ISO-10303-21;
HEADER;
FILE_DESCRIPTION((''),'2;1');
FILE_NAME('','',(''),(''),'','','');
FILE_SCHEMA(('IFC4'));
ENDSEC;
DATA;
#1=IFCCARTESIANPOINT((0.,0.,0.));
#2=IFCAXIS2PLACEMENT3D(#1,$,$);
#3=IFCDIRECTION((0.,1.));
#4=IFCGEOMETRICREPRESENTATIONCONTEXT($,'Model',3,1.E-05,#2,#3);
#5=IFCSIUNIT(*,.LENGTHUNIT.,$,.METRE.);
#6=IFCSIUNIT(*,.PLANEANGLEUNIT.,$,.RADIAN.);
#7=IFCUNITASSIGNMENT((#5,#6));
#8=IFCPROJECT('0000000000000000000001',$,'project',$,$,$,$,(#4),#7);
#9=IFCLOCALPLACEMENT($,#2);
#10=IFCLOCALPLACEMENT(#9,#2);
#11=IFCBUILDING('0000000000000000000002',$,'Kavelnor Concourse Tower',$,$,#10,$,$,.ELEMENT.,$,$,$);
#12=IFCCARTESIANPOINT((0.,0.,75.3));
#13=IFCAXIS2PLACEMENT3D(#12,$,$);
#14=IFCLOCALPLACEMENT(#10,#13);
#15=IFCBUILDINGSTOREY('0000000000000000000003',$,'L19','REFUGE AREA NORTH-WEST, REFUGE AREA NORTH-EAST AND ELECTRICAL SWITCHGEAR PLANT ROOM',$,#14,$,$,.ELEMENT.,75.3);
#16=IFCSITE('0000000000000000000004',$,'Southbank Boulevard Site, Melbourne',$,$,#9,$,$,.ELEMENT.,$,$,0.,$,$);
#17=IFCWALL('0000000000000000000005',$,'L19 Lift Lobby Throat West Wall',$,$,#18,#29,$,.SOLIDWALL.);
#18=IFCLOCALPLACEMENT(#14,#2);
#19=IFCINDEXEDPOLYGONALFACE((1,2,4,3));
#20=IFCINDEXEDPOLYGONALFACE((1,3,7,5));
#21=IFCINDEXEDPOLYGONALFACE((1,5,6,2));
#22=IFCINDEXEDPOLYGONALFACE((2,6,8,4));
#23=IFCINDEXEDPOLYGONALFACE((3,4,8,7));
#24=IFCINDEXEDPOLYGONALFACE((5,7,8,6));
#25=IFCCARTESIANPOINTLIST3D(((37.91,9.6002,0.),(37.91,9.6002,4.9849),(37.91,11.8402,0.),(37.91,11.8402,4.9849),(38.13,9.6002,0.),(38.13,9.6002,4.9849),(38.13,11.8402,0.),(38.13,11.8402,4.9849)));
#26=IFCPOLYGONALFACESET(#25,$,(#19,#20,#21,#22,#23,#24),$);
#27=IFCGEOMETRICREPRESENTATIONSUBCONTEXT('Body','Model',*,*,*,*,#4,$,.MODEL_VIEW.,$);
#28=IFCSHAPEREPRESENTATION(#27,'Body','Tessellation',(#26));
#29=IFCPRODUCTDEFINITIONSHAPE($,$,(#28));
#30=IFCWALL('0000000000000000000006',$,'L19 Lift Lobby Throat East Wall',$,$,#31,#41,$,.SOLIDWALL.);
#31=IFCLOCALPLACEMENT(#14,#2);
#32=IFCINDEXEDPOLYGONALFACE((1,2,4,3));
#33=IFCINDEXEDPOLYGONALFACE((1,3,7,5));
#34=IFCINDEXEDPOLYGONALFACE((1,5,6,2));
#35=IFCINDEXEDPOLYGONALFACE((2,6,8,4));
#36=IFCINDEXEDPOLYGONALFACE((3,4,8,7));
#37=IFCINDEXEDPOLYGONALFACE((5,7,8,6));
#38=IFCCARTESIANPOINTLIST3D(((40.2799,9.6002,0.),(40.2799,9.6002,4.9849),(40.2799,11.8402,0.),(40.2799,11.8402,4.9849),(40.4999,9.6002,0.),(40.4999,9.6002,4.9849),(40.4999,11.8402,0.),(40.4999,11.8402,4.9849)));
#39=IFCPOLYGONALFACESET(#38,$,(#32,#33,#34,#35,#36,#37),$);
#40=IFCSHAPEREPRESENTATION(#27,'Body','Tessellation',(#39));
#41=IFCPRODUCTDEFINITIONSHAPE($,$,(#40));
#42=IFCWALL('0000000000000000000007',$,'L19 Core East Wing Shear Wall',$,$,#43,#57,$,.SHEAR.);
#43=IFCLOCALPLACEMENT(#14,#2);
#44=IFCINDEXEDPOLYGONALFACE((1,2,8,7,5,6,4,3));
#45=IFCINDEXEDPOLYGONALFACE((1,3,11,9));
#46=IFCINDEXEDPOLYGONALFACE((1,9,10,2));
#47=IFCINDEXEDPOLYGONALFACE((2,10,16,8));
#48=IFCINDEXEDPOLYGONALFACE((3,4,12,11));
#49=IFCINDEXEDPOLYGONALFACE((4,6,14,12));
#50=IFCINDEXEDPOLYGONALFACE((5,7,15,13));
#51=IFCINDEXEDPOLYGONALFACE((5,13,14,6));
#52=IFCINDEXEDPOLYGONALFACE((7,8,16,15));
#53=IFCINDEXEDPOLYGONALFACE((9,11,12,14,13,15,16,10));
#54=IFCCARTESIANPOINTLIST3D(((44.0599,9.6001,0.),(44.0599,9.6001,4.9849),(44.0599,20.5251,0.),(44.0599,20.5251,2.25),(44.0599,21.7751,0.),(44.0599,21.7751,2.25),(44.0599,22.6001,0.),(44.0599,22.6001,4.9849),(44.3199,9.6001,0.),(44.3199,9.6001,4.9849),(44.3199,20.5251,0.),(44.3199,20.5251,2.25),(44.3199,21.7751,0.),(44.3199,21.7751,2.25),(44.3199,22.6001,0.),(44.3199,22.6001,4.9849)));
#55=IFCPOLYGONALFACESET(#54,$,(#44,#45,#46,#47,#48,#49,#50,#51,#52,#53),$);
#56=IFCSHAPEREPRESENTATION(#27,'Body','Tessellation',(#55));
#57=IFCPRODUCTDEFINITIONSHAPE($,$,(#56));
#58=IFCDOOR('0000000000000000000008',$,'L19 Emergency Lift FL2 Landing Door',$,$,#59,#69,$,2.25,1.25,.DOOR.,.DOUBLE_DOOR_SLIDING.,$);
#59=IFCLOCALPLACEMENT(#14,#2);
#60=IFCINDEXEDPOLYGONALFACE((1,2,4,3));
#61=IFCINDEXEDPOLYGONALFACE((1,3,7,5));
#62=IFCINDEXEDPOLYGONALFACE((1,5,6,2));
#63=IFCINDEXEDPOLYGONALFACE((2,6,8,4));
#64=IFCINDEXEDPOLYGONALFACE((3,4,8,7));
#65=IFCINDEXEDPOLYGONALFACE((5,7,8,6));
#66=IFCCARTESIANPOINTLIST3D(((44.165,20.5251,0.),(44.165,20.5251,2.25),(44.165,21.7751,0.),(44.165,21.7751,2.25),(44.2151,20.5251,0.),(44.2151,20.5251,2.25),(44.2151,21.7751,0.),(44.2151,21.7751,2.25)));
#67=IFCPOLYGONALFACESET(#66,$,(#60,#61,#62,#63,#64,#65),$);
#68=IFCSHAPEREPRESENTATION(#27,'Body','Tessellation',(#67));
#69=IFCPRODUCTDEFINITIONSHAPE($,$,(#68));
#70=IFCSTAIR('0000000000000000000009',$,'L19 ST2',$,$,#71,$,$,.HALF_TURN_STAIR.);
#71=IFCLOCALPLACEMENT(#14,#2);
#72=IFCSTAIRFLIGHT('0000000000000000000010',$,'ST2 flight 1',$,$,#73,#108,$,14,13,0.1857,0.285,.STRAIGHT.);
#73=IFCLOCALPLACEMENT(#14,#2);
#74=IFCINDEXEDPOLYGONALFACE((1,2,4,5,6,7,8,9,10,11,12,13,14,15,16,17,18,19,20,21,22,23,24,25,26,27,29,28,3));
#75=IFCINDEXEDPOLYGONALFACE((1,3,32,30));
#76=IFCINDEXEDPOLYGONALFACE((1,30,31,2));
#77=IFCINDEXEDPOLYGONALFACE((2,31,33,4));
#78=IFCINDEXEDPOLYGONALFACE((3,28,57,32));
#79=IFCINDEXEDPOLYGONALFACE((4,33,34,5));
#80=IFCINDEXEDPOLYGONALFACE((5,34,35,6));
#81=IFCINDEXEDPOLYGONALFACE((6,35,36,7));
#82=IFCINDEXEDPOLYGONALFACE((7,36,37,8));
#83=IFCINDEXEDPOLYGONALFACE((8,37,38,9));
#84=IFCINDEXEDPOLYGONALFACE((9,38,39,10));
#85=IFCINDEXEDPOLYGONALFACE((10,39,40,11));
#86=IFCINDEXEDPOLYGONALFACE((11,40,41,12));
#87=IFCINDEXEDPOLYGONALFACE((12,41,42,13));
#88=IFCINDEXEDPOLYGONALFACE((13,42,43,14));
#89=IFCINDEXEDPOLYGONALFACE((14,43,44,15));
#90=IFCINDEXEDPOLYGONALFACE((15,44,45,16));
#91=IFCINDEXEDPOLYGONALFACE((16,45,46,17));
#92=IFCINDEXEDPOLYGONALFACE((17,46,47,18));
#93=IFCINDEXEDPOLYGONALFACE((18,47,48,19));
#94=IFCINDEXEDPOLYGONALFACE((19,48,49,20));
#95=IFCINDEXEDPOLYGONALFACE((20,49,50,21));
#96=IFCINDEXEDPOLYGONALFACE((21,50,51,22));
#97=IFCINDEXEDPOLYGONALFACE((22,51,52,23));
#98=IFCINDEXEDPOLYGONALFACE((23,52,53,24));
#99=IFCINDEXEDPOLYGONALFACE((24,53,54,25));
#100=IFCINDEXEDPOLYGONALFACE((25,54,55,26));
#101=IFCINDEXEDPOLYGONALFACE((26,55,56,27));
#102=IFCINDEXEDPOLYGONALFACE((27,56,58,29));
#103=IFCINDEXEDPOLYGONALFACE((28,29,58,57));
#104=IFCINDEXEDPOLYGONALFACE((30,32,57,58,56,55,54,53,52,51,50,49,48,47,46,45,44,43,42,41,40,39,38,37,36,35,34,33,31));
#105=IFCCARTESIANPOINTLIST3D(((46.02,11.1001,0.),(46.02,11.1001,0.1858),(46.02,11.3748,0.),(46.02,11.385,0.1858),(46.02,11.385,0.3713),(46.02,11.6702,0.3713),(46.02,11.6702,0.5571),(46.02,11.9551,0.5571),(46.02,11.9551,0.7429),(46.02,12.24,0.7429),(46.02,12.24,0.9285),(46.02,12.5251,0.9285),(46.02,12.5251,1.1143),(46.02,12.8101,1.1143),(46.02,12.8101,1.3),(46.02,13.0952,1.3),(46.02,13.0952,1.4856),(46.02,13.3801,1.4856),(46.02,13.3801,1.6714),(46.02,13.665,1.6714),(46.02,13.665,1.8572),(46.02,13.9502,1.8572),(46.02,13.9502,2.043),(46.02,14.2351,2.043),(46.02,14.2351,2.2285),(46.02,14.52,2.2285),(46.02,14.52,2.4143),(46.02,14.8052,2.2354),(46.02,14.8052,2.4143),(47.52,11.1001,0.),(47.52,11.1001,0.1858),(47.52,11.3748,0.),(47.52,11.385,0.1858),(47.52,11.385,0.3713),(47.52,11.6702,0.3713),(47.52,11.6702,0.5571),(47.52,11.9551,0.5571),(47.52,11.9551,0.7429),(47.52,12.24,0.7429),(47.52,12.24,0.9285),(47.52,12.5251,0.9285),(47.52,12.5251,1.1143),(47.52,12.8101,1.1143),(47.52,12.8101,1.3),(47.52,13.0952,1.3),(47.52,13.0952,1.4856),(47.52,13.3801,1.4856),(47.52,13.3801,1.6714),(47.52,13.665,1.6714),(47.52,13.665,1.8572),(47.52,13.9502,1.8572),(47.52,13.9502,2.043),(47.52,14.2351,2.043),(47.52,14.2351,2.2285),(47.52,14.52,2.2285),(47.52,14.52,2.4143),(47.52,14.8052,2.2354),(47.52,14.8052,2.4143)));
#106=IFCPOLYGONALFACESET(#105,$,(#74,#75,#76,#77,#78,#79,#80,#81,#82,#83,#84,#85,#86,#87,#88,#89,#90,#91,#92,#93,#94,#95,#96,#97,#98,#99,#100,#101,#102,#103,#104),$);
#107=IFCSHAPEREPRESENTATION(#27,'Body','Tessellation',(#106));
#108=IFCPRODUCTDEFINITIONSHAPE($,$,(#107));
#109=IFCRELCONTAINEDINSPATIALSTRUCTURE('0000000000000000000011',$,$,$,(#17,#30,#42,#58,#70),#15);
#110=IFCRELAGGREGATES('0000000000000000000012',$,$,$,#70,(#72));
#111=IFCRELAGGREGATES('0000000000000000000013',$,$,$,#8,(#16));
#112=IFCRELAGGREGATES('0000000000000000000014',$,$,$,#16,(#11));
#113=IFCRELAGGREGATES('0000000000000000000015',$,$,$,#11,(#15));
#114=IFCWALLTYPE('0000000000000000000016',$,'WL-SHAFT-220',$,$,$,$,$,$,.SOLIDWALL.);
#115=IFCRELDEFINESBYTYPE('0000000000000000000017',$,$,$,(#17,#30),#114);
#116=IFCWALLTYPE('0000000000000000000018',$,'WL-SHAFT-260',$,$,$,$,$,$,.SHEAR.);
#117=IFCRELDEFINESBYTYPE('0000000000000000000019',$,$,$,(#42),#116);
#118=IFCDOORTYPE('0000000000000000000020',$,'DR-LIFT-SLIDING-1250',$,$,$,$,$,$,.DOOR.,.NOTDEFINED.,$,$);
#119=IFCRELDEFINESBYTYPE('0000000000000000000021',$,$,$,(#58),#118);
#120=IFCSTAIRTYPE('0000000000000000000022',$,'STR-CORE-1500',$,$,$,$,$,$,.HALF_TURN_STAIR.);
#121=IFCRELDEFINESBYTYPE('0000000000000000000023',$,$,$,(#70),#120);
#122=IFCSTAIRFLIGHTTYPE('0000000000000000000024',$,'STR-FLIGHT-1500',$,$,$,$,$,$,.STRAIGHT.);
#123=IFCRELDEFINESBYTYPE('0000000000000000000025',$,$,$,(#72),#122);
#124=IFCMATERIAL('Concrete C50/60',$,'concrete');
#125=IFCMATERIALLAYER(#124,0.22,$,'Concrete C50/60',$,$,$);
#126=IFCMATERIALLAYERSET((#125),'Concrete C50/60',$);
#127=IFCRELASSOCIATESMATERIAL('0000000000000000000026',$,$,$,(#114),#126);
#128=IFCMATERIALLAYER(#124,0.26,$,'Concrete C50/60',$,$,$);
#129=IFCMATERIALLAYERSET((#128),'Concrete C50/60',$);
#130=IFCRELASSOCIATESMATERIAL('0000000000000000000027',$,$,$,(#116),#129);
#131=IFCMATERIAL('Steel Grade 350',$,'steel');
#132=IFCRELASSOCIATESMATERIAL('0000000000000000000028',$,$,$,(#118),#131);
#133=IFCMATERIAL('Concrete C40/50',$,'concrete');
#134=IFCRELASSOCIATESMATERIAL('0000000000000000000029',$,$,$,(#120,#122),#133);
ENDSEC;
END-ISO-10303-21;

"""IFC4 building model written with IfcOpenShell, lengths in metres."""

from ifc_helpers import new_model, si_unit, direction, frame, frame_2d, origin, place, context, subcontext, project, spatial, polyline, rectangle, outline, extrude, material, layer, layer_set, type_object, element, fill, aggregate, save


model = new_model("IFC4")

# Units and contexts
model_context = context("Model", 3, precision=1e-05, world=origin(), true_north=direction((0.0, 1.0)))
body_context = subcontext(model_context, "Body", "Model", "MODEL_VIEW")
ifc_project = project(units=[si_unit("LENGTHUNIT", "METRE"), si_unit("PLANEANGLEUNIT", "RADIAN")], contexts=[model_context])

# Site, building, storey
site_placement = place(None, origin())
site = spatial("IfcSite", under=ifc_project, at=site_placement, Name="Southbank Boulevard Site, Melbourne", CompositionType="ELEMENT", RefElevation=0.0)
building_placement = place(site_placement, origin())
building = spatial("IfcBuilding", under=site, at=building_placement, Name="Kavelnor Concourse Tower", CompositionType="ELEMENT")
storey_placement = place(building_placement, frame((0.0, 0.0, 75.3)))
storey = spatial("IfcBuildingStorey", under=building, at=storey_placement, Name="L19", Description="REFUGE AREA NORTH-WEST, REFUGE AREA NORTH-EAST AND ELECTRICAL SWITCHGEAR PLANT ROOM", CompositionType="ELEMENT", Elevation=75.3)

# Shared definitions
ifc_material_1 = material(Name="Steel Grade 350", Category="steel")

# Shared definitions
ifc_material_2 = material(Name="Concrete C50/60", Category="concrete")
ifc_layer_1 = layer(ifc_material_2, 0.22, Name="Concrete C50/60")
ifc_layer_set_1 = layer_set([ifc_layer_1], Name="Concrete C50/60")
wall_type_1 = type_object("IfcWallType", Name="WL-SHAFT-220", PredefinedType="SOLIDWALL", material=ifc_layer_set_1)

# Walls
for number, where, z_axis, x_axis, name in (
    (1, (38.02, 9.6001, 0.0), (0.0, 0.0, 1.0), (0.0, 1.0, 0.0), "L19 Lift Lobby Throat West Wall"),
    (2, (40.3899, 9.6001, 0.0), (0.0, 0.0, 1.0), (0.0, 1.0, 0.0), "L19 Lift Lobby Throat East Wall"),
):
    element("IfcWall", number, at=place(storey_placement, frame(where, z_axis=z_axis, x_axis=x_axis)), inside=storey, type_object=wall_type_1, Name=name, PredefinedType="SOLIDWALL", context=body_context, shape_type="SweptSolid", body=[
        extrude(rectangle(XDim=2.24, YDim=0.22, at=frame_2d((1.1201, 0.0))), origin(), (0.0, 0.0, 1.0), 4.9849),
    ])

# Wall, opening, door
ifc_layer_2 = layer(ifc_material_2, 0.26, Name="Concrete C50/60")
ifc_layer_set_2 = layer_set([ifc_layer_2], Name="Concrete C50/60")
wall_type_2 = type_object("IfcWallType", Name="WL-SHAFT-260", PredefinedType="SHEAR", material=ifc_layer_set_2)
wall_1_placement = place(storey_placement, frame((44.1899, 9.6001, 0.0), z_axis=(0.0, 0.0, 1.0), x_axis=(0.0, 1.0, 0.0)))
wall_1 = element("IfcWall", 3, at=wall_1_placement, inside=storey, type_object=wall_type_2, Name="L19 Core East Wing Shear Wall", PredefinedType="SHEAR", context=body_context, shape_type="SweptSolid", body=[
    extrude(rectangle(XDim=13.0, YDim=0.26, at=frame_2d((6.5, 0.0))), origin(), (0.0, 0.0, 1.0), 4.9849),
])
opening_1_placement = place(wall_1_placement, frame((10.925, 0.0, 0.0)))
opening_1 = element("IfcOpeningElement", 4, at=opening_1_placement, cuts=wall_1, PredefinedType="OPENING", context=body_context, shape_type="SweptSolid", body=[
    extrude(rectangle(XDim=1.25, YDim=2.25, at=frame_2d((0.625, 1.125))), frame((0.0, 0.1401, 0.0), z_axis=(0.0, -1.0, 0.0), x_axis=(1.0, 0.0, 0.0)), (0.0, 0.0, 1.0), 0.28),
])
door_type_1 = type_object("IfcDoorType", Name="DR-LIFT-SLIDING-1250", OperationType="NOTDEFINED", PredefinedType="DOOR", material=ifc_material_1)
door_1_placement = place(opening_1_placement, origin())
door_1 = element("IfcDoor", 5, at=door_1_placement, inside=storey, type_object=door_type_1, Name="L19 Emergency Lift FL2 Landing Door", OperationType="DOUBLE_DOOR_SLIDING", OverallHeight=2.25, OverallWidth=1.25, PredefinedType="DOOR", context=body_context, shape_type="SweptSolid", body=[
    extrude(rectangle(XDim=1.25, YDim=2.25, at=frame_2d((0.625, 1.125))), frame((0.0, 0.0249, 0.0), z_axis=(0.0, -1.0, 0.0), x_axis=(1.0, 0.0, 0.0)), (0.0, 0.0, 1.0), 0.05),
])
fill(opening_1, door_1)

# Stair, stair flight
ifc_material_3 = material(Name="Concrete C40/50", Category="concrete")
stair_type = type_object("IfcStairType", Name="STR-CORE-1500", PredefinedType="HALF_TURN_STAIR", material=ifc_material_3)
stair_placement = place(storey_placement, origin())
stair = element("IfcStair", 6, at=stair_placement, inside=storey, type_object=stair_type, Name="L19 ST2", PredefinedType="HALF_TURN_STAIR")
stair_flight_type = type_object("IfcStairFlightType", Name="STR-FLIGHT-1500", PredefinedType="STRAIGHT", material=ifc_material_3)
stair_flight_placement = place(storey_placement, frame((46.77, 11.1001, 0.0), z_axis=(0.0, 0.0, 1.0), x_axis=(0.0, 1.0, 0.0)))
stair_flight = element("IfcStairFlight", 7, at=stair_flight_placement, type_object=stair_flight_type, Name="ST2 flight 1", NumberOfRisers=14, NumberOfTreads=13, PredefinedType="STRAIGHT", RiserHeight=0.1857, TreadLength=0.285, context=body_context, shape_type="SweptSolid", body=[
    extrude(outline(polyline([(0.0, 0.0), (0.0, 0.1858), (0.2849, 0.1858), (0.2849, 0.3713), (0.5701, 0.3713), (0.5701, 0.5571), (0.855, 0.5571), (0.855, 0.7429), (1.1399, 0.7429), (1.1399, 0.9285), (1.425, 0.9285), (1.425, 1.1143), (1.71, 1.1143), (1.71, 1.3), (1.9951, 1.3), (1.9951, 1.4856), (2.28, 1.4856), (2.28, 1.6714), (2.5649, 1.6714), (2.5649, 1.8572), (2.8501, 1.8572), (2.8501, 2.043), (3.135, 2.043), (3.135, 2.2285), (3.4199, 2.2285), (3.4199, 2.4143), (3.7051, 2.4143), (3.7051, 2.6001), (3.7051, 2.2354), (0.2747, 0.0), (0.0, 0.0)])), frame((0.0, 0.75, 0.0), z_axis=(0.0, -1.0, 0.0), x_axis=(1.0, 0.0, 0.0)), (0.0, 0.0, 1.0), 1.5),
])
aggregate(stair, [stair_flight])

save(model, "model.ifc")
